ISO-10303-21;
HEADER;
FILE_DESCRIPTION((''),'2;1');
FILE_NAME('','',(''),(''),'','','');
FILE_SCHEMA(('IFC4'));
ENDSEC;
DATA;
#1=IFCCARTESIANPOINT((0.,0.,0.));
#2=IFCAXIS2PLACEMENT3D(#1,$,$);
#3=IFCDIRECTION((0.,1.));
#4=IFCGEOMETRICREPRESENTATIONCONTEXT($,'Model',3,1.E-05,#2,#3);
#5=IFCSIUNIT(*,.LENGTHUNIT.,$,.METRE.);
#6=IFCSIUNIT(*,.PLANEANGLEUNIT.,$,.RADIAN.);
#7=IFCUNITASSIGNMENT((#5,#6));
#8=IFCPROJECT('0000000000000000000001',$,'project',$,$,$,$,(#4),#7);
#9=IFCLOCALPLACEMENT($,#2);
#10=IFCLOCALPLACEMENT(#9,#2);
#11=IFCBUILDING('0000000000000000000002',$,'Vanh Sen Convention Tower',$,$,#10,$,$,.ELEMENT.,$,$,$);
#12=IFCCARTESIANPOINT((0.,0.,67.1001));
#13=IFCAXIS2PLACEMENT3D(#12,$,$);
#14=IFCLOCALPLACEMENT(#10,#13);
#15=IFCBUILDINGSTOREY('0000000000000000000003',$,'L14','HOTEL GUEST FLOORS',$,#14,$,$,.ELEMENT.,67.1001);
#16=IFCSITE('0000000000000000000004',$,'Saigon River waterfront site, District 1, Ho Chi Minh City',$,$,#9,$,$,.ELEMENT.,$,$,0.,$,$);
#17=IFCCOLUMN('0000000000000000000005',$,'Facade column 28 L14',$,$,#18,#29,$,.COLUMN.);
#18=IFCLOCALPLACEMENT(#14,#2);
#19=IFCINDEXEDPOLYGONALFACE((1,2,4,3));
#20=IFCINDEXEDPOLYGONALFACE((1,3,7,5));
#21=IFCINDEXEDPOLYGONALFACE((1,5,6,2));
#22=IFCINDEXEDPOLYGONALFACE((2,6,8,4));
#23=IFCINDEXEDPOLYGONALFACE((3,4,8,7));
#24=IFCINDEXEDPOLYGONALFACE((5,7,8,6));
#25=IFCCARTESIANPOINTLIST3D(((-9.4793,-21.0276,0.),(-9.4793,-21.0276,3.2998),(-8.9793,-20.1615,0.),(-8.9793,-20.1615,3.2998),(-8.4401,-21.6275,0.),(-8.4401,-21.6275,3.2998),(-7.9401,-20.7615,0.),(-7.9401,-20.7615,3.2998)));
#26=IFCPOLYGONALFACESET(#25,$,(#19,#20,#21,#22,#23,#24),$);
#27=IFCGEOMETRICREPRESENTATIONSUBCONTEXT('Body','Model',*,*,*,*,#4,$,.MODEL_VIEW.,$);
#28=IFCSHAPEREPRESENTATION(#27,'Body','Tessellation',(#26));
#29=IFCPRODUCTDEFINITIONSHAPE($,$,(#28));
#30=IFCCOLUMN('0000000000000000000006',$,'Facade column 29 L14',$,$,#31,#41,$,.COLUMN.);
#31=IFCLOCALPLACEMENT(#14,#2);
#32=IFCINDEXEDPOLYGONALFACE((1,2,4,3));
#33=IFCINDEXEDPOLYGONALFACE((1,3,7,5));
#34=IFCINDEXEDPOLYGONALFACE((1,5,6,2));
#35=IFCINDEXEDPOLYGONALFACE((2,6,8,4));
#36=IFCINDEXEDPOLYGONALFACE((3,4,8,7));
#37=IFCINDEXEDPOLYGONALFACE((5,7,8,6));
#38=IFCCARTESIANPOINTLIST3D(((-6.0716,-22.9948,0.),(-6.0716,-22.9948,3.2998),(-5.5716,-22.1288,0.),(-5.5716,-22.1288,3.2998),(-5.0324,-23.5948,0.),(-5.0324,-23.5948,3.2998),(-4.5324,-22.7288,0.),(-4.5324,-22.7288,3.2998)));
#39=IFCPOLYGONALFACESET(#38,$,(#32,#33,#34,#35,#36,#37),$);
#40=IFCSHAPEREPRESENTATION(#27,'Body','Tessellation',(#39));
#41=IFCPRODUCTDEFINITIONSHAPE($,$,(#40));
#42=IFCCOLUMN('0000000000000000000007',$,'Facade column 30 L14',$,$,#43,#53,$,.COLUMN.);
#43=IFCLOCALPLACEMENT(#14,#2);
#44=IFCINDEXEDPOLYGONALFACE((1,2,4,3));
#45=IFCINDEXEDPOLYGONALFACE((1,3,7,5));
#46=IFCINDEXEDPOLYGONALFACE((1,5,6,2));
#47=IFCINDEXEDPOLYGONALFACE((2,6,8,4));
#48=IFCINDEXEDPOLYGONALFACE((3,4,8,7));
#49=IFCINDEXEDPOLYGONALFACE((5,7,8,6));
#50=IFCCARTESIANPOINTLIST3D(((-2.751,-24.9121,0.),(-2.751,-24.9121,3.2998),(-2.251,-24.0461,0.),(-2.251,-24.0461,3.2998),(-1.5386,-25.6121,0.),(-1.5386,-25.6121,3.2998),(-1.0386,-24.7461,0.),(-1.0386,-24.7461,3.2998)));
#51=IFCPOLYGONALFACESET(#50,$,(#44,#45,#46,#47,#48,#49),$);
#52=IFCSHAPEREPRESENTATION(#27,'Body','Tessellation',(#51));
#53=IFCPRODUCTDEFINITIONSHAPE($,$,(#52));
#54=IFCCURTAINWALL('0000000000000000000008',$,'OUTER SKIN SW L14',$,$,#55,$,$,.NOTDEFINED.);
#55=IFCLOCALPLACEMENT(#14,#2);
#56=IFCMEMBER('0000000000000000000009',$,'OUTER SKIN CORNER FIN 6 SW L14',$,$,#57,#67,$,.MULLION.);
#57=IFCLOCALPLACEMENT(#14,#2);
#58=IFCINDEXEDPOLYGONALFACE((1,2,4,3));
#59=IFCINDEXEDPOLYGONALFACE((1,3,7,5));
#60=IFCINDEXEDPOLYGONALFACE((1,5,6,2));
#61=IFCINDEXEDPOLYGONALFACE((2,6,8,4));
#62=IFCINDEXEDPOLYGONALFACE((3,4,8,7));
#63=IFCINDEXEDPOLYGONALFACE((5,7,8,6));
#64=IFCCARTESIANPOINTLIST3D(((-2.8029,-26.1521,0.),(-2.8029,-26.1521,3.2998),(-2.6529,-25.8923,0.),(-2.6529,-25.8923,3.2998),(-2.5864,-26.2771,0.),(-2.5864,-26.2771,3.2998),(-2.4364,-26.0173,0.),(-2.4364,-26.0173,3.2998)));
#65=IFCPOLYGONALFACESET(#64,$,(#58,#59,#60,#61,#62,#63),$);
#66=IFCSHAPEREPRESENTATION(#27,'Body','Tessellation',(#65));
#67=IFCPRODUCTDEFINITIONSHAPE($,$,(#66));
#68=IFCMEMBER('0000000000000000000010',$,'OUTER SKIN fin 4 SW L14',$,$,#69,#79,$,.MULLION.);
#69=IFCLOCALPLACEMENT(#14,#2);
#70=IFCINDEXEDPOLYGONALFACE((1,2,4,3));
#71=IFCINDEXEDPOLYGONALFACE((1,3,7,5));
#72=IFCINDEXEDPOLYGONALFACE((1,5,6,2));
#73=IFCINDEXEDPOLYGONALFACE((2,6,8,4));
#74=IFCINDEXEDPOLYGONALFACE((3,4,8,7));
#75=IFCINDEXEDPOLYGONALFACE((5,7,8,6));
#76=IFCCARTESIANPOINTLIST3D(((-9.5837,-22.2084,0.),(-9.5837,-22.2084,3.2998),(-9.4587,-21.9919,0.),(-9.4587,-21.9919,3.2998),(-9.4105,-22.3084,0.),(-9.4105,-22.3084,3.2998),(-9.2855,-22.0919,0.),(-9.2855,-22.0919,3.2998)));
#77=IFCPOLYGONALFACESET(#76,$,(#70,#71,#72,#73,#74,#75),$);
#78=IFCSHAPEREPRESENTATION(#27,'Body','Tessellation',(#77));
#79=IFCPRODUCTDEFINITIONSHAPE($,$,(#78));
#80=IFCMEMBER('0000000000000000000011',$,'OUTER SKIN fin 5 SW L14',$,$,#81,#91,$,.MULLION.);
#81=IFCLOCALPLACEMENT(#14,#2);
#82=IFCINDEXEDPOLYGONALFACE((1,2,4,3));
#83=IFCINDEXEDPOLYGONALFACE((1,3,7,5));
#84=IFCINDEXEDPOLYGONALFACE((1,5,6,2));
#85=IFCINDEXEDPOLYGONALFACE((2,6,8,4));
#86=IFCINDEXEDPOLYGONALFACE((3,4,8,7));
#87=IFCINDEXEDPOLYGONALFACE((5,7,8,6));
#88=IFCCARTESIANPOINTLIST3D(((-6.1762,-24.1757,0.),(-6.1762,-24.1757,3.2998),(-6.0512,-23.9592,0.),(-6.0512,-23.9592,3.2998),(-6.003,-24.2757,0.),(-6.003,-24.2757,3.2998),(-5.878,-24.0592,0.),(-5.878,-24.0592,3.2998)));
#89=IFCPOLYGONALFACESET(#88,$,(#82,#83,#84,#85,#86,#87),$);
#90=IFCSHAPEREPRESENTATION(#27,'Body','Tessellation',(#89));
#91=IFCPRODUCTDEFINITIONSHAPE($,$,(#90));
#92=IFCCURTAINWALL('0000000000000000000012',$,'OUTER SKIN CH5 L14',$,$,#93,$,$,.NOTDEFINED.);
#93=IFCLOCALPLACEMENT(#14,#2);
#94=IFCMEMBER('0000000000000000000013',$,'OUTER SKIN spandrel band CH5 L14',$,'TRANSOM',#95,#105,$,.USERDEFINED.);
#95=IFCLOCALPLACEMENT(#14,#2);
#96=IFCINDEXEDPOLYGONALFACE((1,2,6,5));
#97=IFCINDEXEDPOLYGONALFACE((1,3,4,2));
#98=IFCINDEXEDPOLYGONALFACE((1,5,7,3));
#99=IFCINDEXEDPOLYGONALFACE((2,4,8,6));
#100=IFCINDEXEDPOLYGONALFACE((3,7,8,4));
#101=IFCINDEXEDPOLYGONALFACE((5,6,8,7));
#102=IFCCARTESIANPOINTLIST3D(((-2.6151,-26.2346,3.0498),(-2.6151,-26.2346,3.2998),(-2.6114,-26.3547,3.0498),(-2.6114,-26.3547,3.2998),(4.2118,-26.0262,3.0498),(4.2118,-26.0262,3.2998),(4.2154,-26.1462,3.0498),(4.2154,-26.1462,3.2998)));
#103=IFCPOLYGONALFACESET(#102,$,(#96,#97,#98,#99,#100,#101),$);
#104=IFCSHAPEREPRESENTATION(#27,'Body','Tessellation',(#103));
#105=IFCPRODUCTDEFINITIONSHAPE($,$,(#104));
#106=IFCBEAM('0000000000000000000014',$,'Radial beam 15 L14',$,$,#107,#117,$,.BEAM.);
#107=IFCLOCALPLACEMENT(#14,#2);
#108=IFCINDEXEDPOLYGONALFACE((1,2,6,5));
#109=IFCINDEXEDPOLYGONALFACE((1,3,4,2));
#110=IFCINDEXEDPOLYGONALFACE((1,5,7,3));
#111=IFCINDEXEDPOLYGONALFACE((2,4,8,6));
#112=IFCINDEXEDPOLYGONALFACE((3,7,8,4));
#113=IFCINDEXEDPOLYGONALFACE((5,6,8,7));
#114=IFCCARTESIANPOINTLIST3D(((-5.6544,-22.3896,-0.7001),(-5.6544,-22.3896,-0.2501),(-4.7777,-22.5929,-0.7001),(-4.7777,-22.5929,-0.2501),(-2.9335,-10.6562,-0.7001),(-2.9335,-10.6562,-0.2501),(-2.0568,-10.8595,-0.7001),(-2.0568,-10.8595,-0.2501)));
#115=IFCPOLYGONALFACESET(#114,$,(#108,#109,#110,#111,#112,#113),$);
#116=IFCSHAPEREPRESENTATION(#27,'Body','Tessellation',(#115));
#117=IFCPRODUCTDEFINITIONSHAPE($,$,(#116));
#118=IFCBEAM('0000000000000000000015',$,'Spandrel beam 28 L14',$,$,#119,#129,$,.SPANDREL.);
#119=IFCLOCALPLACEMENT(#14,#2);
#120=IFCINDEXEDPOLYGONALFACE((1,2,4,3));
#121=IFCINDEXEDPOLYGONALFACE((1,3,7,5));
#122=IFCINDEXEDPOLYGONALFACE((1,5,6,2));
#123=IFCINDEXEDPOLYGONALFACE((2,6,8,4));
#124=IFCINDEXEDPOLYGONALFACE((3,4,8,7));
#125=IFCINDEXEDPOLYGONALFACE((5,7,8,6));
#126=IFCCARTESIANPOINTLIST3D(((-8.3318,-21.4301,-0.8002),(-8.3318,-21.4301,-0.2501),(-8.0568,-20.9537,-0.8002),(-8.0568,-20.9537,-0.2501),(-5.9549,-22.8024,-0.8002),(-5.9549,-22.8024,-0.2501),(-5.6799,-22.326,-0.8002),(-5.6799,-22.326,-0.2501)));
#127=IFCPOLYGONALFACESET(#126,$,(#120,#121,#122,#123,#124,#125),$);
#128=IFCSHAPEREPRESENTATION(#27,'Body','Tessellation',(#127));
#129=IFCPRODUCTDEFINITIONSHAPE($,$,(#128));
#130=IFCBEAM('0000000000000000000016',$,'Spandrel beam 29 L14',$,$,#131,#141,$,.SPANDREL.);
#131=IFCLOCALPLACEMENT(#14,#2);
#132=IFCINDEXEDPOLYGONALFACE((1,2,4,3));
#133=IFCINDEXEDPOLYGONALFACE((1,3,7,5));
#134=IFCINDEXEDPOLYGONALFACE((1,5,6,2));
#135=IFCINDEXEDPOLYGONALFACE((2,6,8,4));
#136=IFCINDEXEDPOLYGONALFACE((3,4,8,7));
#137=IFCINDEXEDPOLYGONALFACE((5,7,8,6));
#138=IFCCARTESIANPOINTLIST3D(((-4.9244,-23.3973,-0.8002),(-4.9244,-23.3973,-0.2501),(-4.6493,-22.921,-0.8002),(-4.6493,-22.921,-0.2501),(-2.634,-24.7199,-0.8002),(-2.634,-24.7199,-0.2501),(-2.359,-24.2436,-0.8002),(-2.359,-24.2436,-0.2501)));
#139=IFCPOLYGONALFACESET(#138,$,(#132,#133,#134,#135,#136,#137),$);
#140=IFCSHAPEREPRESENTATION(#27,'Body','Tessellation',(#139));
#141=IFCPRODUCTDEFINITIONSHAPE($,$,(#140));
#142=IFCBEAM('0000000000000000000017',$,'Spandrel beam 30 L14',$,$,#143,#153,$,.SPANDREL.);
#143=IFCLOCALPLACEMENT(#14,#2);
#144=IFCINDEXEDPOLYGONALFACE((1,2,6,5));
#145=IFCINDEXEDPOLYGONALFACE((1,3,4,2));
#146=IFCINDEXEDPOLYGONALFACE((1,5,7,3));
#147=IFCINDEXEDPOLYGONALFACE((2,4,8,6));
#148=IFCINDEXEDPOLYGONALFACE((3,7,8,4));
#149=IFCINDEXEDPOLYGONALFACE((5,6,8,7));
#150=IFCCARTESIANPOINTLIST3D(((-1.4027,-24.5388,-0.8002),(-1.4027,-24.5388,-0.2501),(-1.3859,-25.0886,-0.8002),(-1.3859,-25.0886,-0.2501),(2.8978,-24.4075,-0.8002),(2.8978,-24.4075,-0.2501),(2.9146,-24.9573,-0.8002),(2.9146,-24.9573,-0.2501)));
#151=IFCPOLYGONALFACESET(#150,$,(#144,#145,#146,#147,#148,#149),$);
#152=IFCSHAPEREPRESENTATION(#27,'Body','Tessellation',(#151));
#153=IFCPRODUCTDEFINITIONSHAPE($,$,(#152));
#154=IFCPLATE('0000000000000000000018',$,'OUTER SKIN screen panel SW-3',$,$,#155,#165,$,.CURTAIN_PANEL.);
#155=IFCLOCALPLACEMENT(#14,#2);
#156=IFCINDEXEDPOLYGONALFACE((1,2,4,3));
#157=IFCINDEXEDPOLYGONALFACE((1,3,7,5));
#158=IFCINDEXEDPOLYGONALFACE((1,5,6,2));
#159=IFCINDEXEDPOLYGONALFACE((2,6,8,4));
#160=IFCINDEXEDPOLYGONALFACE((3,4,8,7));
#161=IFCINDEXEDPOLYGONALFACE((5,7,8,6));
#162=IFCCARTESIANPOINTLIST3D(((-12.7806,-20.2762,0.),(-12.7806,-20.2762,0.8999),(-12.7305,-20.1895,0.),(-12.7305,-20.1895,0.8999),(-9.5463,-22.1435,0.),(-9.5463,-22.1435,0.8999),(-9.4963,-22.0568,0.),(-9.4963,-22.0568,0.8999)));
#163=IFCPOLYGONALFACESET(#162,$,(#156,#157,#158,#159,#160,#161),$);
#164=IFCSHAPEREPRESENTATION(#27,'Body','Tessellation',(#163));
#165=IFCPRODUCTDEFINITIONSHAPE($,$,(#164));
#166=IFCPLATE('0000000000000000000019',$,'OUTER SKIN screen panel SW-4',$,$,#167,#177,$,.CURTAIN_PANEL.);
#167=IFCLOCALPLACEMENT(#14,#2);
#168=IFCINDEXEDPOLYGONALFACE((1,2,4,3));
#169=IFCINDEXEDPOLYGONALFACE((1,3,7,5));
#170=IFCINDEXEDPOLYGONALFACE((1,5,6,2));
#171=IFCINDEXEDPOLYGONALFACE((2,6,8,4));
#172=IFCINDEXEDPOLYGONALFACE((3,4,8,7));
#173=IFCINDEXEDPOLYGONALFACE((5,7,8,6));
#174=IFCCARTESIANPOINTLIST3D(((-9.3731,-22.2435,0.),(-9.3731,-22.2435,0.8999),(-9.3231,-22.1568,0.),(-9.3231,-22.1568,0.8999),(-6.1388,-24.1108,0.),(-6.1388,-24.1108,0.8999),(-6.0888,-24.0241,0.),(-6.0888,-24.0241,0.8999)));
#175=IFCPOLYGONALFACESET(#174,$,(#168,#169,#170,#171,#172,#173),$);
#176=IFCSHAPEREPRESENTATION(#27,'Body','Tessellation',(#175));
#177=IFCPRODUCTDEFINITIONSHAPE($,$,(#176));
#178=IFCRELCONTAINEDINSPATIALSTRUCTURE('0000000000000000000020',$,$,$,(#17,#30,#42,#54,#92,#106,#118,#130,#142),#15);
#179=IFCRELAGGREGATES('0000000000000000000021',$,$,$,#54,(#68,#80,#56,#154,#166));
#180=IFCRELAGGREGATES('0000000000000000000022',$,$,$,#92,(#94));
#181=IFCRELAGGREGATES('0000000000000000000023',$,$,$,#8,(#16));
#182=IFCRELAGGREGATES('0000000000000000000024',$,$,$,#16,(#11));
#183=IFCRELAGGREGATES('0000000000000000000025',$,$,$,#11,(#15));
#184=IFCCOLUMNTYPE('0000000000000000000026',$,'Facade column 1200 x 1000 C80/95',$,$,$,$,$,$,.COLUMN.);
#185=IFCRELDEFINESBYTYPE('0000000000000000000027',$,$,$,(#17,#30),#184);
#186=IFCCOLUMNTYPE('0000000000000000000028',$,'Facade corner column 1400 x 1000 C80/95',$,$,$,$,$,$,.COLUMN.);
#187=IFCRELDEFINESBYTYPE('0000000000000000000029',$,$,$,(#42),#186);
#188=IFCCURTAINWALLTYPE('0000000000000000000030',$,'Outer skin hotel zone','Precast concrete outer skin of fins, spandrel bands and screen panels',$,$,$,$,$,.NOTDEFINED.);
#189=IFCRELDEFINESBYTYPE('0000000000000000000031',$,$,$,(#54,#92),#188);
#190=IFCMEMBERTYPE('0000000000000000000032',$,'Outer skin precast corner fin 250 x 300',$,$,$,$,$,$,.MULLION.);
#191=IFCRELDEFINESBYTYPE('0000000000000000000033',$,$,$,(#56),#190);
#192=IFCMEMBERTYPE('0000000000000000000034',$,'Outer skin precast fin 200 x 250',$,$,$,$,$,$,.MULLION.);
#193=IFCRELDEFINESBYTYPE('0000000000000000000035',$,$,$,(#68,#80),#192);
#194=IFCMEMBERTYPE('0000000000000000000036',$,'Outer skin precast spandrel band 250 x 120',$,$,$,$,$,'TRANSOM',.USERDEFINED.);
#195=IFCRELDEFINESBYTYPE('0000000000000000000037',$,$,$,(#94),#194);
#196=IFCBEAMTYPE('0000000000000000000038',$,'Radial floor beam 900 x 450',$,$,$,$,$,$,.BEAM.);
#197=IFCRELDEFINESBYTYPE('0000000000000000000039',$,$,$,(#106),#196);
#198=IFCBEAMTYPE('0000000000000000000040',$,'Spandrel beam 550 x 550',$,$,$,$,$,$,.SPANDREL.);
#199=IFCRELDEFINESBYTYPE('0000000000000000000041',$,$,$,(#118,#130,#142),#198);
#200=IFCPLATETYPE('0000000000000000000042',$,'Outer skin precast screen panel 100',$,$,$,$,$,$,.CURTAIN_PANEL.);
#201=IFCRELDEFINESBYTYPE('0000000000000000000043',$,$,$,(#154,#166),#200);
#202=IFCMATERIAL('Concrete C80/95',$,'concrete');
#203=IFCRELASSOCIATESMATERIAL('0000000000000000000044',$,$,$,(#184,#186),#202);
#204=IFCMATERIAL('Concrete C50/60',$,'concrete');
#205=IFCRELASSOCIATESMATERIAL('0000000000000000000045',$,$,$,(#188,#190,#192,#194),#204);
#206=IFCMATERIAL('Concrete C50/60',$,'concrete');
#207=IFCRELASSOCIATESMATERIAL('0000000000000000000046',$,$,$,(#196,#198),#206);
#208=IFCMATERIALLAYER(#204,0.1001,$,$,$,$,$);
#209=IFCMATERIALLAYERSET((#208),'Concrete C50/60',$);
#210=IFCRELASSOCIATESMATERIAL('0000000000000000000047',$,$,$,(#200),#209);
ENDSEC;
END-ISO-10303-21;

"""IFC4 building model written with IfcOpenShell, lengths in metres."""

from ifc_helpers import new_model, si_unit, direction, frame, origin, origin_2d, place, context, subcontext, project, spatial, rectangle, extrude, material, layer, layer_set, material_profile, profile_set, type_object, element, aggregate, save


model = new_model("IFC4")

# Units and contexts
model_context = context("Model", 3, precision=1e-05, world=origin(), true_north=direction((0.0, 1.0)))
body_context = subcontext(model_context, "Body", "Model", "MODEL_VIEW")
ifc_project = project(units=[si_unit("LENGTHUNIT", "METRE"), si_unit("PLANEANGLEUNIT", "RADIAN")], contexts=[model_context])

# Site, building, storey
site_placement = place(None, origin())
site = spatial("IfcSite", under=ifc_project, at=site_placement, Name="Saigon River waterfront site, District 1, Ho Chi Minh City", CompositionType="ELEMENT", RefElevation=0.0)
building_placement = place(site_placement, origin())
building = spatial("IfcBuilding", under=site, at=building_placement, Name="Vanh Sen Convention Tower", CompositionType="ELEMENT")
storey_placement = place(building_placement, frame((0.0, 0.0, 67.1001)))
storey = spatial("IfcBuildingStorey", under=building, at=storey_placement, Name="L14", Description="HOTEL GUEST FLOORS", CompositionType="ELEMENT", Elevation=67.1001)

# Columns
ifc_material_1 = material(Name="Concrete C80/95", Category="concrete")
ifc_material_profile_1 = material_profile(ifc_material_1, rectangle(XDim=1.2, YDim=1.0, at=origin_2d()), Name="RC 1200X1000")
ifc_profile_set_1 = profile_set([ifc_material_profile_1], Name="Concrete C80/95")
column_type_1 = type_object("IfcColumnType", Name="Facade column 1200 x 1000 C80/95", PredefinedType="COLUMN", material=ifc_profile_set_1)
for number, where, z_axis, x_axis, name in (
    (1, (-8.7097, -20.8945, 0.0), (0.0, 0.0, 1.0), (0.866025, -0.5, 0.0), "Facade column 28 L14"),
    (2, (-5.302, -22.8618, 0.0), (0.0, 0.0, 1.0), (0.866025, -0.5, 0.0), "Facade column 29 L14"),
):
    element("IfcColumn", number, at=place(storey_placement, frame(where, z_axis=z_axis, x_axis=x_axis)), inside=storey, type_object=column_type_1, Name=name, PredefinedType="COLUMN", context=body_context, shape_type="SweptSolid", body=[
        extrude(rectangle(XDim=1.2, YDim=1.0, at=origin_2d()), origin(), (0.0, 0.0, 1.0), 3.2998),
    ])
ifc_material_profile_2 = material_profile(ifc_material_1, rectangle(XDim=1.3999, YDim=1.0, at=origin_2d()), Name="RC 1400X1000")
ifc_profile_set_2 = profile_set([ifc_material_profile_2], Name="Concrete C80/95")
column_type_2 = type_object("IfcColumnType", Name="Facade corner column 1400 x 1000 C80/95", PredefinedType="COLUMN", material=ifc_profile_set_2)
column_placement = place(storey_placement, frame((-1.8948, -24.8291, 0.0), z_axis=(0.0, 0.0, 1.0), x_axis=(0.866025, -0.5, 0.0)))
element("IfcColumn", 3, at=column_placement, inside=storey, type_object=column_type_2, Name="Facade column 30 L14", PredefinedType="COLUMN", context=body_context, shape_type="SweptSolid", body=[
    extrude(rectangle(XDim=1.3999, YDim=1.0, at=origin_2d()), origin(), (0.0, 0.0, 1.0), 3.2998),
])

# Curtain wall, members
ifc_material_2 = material(Name="Concrete C50/60", Category="concrete")
curtain_wall_type = type_object("IfcCurtainWallType", Name="Outer skin hotel zone", Description="Precast concrete outer skin of fins, spandrel bands and screen panels", PredefinedType="NOTDEFINED", material=ifc_material_2)
curtain_wall_1_placement = place(storey_placement, origin())
curtain_wall_1 = element("IfcCurtainWall", 4, at=curtain_wall_1_placement, inside=storey, type_object=curtain_wall_type, Name="OUTER SKIN SW L14", PredefinedType="NOTDEFINED")
ifc_material_profile_3 = material_profile(ifc_material_2, rectangle(XDim=0.25, YDim=0.3, at=origin_2d()), Name="Outer skin precast corner fin 250 x 300")
ifc_profile_set_3 = profile_set([ifc_material_profile_3], Name="Concrete C50/60")
member_type_1 = type_object("IfcMemberType", Name="Outer skin precast corner fin 250 x 300", PredefinedType="MULLION", material=ifc_profile_set_3)
member_1_placement = place(storey_placement, frame((-2.6196, -26.0847, 0.0), z_axis=(0.0, 0.0, 1.0), x_axis=(0.866025, -0.5, 0.0)))
member_1 = element("IfcMember", 5, at=member_1_placement, type_object=member_type_1, Name="OUTER SKIN CORNER FIN 6 SW L14", PredefinedType="MULLION", context=body_context, shape_type="SweptSolid", body=[
    extrude(rectangle(XDim=0.25, YDim=0.3, at=origin_2d()), origin(), (0.0, 0.0, 1.0), 3.2998),
])
ifc_material_profile_4 = material_profile(ifc_material_2, rectangle(XDim=0.2, YDim=0.25, at=origin_2d()), Name="Outer skin precast fin 200 x 250")
ifc_profile_set_4 = profile_set([ifc_material_profile_4], Name="Concrete C50/60")
member_type_2 = type_object("IfcMemberType", Name="Outer skin precast fin 200 x 250", PredefinedType="MULLION", material=ifc_profile_set_4)
member_2_placement = place(storey_placement, frame((-9.4346, -22.1501, 0.0), z_axis=(0.0, 0.0, 1.0), x_axis=(0.866025, -0.5, 0.0)))
member_2 = element("IfcMember", 6, at=member_2_placement, type_object=member_type_2, Name="OUTER SKIN fin 4 SW L14", PredefinedType="MULLION", context=body_context, shape_type="SweptSolid", body=[
    extrude(rectangle(XDim=0.2, YDim=0.25, at=origin_2d()), origin(), (0.0, 0.0, 1.0), 3.2998),
])
member_3_placement = place(storey_placement, frame((-6.0271, -24.1174, 0.0), z_axis=(0.0, 0.0, 1.0), x_axis=(0.866025, -0.5, 0.0)))
member_3 = element("IfcMember", 7, at=member_3_placement, type_object=member_type_2, Name="OUTER SKIN fin 5 SW L14", PredefinedType="MULLION", context=body_context, shape_type="SweptSolid", body=[
    extrude(rectangle(XDim=0.2, YDim=0.25, at=origin_2d()), origin(), (0.0, 0.0, 1.0), 3.2998),
])

# Curtain wall, member
curtain_wall_2_placement = place(storey_placement, origin())
curtain_wall_2 = element("IfcCurtainWall", 8, at=curtain_wall_2_placement, inside=storey, type_object=curtain_wall_type, Name="OUTER SKIN CH5 L14", PredefinedType="NOTDEFINED")
ifc_material_profile_5 = material_profile(ifc_material_2, rectangle(XDim=0.1201, YDim=0.25, at=origin_2d()), Name="Outer skin precast spandrel band 250 x 120")
ifc_profile_set_5 = profile_set([ifc_material_profile_5], Name="Concrete C50/60")
member_type_3 = type_object("IfcMemberType", Name="Outer skin precast spandrel band 250 x 120", ElementType="TRANSOM", PredefinedType="USERDEFINED", material=ifc_profile_set_5)
member_4_placement = place(storey_placement, frame((-2.6133, -26.2947, 3.1748), z_axis=(0.999534, 0.030526, 0.0), x_axis=(-0.030526, 0.999534, 0.0)))
member_4 = element("IfcMember", 9, at=member_4_placement, type_object=member_type_3, Name="OUTER SKIN spandrel band CH5 L14", ObjectType="TRANSOM", PredefinedType="USERDEFINED", context=body_context, shape_type="SweptSolid", body=[
    extrude(rectangle(XDim=0.1201, YDim=0.25, at=origin_2d()), origin(), (0.0, 0.0, 1.0), 6.8301),
])

# Beams
ifc_material_3 = material(Name="Concrete C50/60", Category="concrete")
ifc_material_profile_6 = material_profile(ifc_material_3, rectangle(XDim=0.8999, YDim=0.45, at=origin_2d()), Name="RC 900X450")
ifc_profile_set_6 = profile_set([ifc_material_profile_6], Name="Concrete C50/60")
beam_type_1 = type_object("IfcBeamType", Name="Radial floor beam 900 x 450", PredefinedType="BEAM", material=ifc_profile_set_6)
beam_1_placement = place(storey_placement, frame((-5.2161, -22.4912, -0.4751), z_axis=(0.225903, 0.97415, 0.0), x_axis=(-0.97415, 0.225903, 0.0)))
element("IfcBeam", 10, at=beam_1_placement, inside=storey, type_object=beam_type_1, Name="Radial beam 15 L14", PredefinedType="BEAM", context=body_context, shape_type="SweptSolid", body=[
    extrude(rectangle(XDim=0.8999, YDim=0.45, at=origin_2d()), origin(), (0.0, 0.0, 1.0), 12.0447),
])
ifc_material_profile_7 = material_profile(ifc_material_3, rectangle(XDim=0.55, YDim=0.55, at=origin_2d()), Name="RC 550X550")
ifc_profile_set_7 = profile_set([ifc_material_profile_7], Name="Concrete C50/60")
beam_type_2 = type_object("IfcBeamType", Name="Spandrel beam 550 x 550", PredefinedType="SPANDREL", material=ifc_profile_set_7)
beam_2_placement = place(storey_placement, frame((-8.1943, -21.1919, -0.5251), z_axis=(0.866029, -0.499995, 0.0), x_axis=(0.499995, 0.866029, 0.0)))
element("IfcBeam", 11, at=beam_2_placement, inside=storey, type_object=beam_type_2, Name="Spandrel beam 28 L14", PredefinedType="SPANDREL", context=body_context, shape_type="SweptSolid", body=[
    extrude(rectangle(XDim=0.55, YDim=0.55, at=origin_2d()), origin(), (0.0, 0.0, 1.0), 2.7446),
])
beam_3_placement = place(storey_placement, frame((-4.7869, -23.1592, -0.5251), z_axis=(0.86599, -0.500061, 0.0), x_axis=(0.500061, 0.86599, 0.0)))
element("IfcBeam", 12, at=beam_3_placement, inside=storey, type_object=beam_type_2, Name="Spandrel beam 29 L14", PredefinedType="SPANDREL", context=body_context, shape_type="SweptSolid", body=[
    extrude(rectangle(XDim=0.55, YDim=0.55, at=origin_2d()), origin(), (0.0, 0.0, 1.0), 2.6448),
])
beam_4_placement = place(storey_placement, frame((-1.3943, -24.8137, -0.5251), z_axis=(0.999534, 0.030528, 0.0), x_axis=(-0.030528, 0.999534, 0.0)))
element("IfcBeam", 13, at=beam_4_placement, inside=storey, type_object=beam_type_2, Name="Spandrel beam 30 L14", PredefinedType="SPANDREL", context=body_context, shape_type="SweptSolid", body=[
    extrude(rectangle(XDim=0.55, YDim=0.55, at=origin_2d()), origin(), (0.0, 0.0, 1.0), 4.3025),
])

# Plates
ifc_layer_1 = layer(ifc_material_2, 0.1001)
ifc_layer_set_1 = layer_set([ifc_layer_1], Name="Concrete C50/60")
plate_type = type_object("IfcPlateType", Name="Outer skin precast screen panel 100", PredefinedType="CURTAIN_PANEL", material=ifc_layer_set_1)
plate_1_placement = place(storey_placement, frame((-11.1384, -21.1665, 0.0), z_axis=(0.0, 0.0, 1.0), x_axis=(0.866028, -0.499995, 0.0)))
plate_1 = element("IfcPlate", 14, at=plate_1_placement, type_object=plate_type, Name="OUTER SKIN screen panel SW-3", PredefinedType="CURTAIN_PANEL", context=body_context, shape_type="SweptSolid", body=[
    extrude(rectangle(XDim=3.7346, YDim=0.1001, at=origin_2d()), origin(), (0.0, 0.0, 1.0), 0.8999),
])
plate_2_placement = place(storey_placement, frame((-7.731, -23.1338, 0.0), z_axis=(0.0, 0.0, 1.0), x_axis=(0.866028, -0.499995, 0.0)))
plate_2 = element("IfcPlate", 15, at=plate_2_placement, type_object=plate_type, Name="OUTER SKIN screen panel SW-4", PredefinedType="CURTAIN_PANEL", context=body_context, shape_type="SweptSolid", body=[
    extrude(rectangle(XDim=3.7346, YDim=0.1001, at=origin_2d()), origin(), (0.0, 0.0, 1.0), 0.8999),
])
aggregate(curtain_wall_1, [member_2, member_3, member_1, plate_1, plate_2])
aggregate(curtain_wall_2, [member_4])

save(model, "model.ifc")
